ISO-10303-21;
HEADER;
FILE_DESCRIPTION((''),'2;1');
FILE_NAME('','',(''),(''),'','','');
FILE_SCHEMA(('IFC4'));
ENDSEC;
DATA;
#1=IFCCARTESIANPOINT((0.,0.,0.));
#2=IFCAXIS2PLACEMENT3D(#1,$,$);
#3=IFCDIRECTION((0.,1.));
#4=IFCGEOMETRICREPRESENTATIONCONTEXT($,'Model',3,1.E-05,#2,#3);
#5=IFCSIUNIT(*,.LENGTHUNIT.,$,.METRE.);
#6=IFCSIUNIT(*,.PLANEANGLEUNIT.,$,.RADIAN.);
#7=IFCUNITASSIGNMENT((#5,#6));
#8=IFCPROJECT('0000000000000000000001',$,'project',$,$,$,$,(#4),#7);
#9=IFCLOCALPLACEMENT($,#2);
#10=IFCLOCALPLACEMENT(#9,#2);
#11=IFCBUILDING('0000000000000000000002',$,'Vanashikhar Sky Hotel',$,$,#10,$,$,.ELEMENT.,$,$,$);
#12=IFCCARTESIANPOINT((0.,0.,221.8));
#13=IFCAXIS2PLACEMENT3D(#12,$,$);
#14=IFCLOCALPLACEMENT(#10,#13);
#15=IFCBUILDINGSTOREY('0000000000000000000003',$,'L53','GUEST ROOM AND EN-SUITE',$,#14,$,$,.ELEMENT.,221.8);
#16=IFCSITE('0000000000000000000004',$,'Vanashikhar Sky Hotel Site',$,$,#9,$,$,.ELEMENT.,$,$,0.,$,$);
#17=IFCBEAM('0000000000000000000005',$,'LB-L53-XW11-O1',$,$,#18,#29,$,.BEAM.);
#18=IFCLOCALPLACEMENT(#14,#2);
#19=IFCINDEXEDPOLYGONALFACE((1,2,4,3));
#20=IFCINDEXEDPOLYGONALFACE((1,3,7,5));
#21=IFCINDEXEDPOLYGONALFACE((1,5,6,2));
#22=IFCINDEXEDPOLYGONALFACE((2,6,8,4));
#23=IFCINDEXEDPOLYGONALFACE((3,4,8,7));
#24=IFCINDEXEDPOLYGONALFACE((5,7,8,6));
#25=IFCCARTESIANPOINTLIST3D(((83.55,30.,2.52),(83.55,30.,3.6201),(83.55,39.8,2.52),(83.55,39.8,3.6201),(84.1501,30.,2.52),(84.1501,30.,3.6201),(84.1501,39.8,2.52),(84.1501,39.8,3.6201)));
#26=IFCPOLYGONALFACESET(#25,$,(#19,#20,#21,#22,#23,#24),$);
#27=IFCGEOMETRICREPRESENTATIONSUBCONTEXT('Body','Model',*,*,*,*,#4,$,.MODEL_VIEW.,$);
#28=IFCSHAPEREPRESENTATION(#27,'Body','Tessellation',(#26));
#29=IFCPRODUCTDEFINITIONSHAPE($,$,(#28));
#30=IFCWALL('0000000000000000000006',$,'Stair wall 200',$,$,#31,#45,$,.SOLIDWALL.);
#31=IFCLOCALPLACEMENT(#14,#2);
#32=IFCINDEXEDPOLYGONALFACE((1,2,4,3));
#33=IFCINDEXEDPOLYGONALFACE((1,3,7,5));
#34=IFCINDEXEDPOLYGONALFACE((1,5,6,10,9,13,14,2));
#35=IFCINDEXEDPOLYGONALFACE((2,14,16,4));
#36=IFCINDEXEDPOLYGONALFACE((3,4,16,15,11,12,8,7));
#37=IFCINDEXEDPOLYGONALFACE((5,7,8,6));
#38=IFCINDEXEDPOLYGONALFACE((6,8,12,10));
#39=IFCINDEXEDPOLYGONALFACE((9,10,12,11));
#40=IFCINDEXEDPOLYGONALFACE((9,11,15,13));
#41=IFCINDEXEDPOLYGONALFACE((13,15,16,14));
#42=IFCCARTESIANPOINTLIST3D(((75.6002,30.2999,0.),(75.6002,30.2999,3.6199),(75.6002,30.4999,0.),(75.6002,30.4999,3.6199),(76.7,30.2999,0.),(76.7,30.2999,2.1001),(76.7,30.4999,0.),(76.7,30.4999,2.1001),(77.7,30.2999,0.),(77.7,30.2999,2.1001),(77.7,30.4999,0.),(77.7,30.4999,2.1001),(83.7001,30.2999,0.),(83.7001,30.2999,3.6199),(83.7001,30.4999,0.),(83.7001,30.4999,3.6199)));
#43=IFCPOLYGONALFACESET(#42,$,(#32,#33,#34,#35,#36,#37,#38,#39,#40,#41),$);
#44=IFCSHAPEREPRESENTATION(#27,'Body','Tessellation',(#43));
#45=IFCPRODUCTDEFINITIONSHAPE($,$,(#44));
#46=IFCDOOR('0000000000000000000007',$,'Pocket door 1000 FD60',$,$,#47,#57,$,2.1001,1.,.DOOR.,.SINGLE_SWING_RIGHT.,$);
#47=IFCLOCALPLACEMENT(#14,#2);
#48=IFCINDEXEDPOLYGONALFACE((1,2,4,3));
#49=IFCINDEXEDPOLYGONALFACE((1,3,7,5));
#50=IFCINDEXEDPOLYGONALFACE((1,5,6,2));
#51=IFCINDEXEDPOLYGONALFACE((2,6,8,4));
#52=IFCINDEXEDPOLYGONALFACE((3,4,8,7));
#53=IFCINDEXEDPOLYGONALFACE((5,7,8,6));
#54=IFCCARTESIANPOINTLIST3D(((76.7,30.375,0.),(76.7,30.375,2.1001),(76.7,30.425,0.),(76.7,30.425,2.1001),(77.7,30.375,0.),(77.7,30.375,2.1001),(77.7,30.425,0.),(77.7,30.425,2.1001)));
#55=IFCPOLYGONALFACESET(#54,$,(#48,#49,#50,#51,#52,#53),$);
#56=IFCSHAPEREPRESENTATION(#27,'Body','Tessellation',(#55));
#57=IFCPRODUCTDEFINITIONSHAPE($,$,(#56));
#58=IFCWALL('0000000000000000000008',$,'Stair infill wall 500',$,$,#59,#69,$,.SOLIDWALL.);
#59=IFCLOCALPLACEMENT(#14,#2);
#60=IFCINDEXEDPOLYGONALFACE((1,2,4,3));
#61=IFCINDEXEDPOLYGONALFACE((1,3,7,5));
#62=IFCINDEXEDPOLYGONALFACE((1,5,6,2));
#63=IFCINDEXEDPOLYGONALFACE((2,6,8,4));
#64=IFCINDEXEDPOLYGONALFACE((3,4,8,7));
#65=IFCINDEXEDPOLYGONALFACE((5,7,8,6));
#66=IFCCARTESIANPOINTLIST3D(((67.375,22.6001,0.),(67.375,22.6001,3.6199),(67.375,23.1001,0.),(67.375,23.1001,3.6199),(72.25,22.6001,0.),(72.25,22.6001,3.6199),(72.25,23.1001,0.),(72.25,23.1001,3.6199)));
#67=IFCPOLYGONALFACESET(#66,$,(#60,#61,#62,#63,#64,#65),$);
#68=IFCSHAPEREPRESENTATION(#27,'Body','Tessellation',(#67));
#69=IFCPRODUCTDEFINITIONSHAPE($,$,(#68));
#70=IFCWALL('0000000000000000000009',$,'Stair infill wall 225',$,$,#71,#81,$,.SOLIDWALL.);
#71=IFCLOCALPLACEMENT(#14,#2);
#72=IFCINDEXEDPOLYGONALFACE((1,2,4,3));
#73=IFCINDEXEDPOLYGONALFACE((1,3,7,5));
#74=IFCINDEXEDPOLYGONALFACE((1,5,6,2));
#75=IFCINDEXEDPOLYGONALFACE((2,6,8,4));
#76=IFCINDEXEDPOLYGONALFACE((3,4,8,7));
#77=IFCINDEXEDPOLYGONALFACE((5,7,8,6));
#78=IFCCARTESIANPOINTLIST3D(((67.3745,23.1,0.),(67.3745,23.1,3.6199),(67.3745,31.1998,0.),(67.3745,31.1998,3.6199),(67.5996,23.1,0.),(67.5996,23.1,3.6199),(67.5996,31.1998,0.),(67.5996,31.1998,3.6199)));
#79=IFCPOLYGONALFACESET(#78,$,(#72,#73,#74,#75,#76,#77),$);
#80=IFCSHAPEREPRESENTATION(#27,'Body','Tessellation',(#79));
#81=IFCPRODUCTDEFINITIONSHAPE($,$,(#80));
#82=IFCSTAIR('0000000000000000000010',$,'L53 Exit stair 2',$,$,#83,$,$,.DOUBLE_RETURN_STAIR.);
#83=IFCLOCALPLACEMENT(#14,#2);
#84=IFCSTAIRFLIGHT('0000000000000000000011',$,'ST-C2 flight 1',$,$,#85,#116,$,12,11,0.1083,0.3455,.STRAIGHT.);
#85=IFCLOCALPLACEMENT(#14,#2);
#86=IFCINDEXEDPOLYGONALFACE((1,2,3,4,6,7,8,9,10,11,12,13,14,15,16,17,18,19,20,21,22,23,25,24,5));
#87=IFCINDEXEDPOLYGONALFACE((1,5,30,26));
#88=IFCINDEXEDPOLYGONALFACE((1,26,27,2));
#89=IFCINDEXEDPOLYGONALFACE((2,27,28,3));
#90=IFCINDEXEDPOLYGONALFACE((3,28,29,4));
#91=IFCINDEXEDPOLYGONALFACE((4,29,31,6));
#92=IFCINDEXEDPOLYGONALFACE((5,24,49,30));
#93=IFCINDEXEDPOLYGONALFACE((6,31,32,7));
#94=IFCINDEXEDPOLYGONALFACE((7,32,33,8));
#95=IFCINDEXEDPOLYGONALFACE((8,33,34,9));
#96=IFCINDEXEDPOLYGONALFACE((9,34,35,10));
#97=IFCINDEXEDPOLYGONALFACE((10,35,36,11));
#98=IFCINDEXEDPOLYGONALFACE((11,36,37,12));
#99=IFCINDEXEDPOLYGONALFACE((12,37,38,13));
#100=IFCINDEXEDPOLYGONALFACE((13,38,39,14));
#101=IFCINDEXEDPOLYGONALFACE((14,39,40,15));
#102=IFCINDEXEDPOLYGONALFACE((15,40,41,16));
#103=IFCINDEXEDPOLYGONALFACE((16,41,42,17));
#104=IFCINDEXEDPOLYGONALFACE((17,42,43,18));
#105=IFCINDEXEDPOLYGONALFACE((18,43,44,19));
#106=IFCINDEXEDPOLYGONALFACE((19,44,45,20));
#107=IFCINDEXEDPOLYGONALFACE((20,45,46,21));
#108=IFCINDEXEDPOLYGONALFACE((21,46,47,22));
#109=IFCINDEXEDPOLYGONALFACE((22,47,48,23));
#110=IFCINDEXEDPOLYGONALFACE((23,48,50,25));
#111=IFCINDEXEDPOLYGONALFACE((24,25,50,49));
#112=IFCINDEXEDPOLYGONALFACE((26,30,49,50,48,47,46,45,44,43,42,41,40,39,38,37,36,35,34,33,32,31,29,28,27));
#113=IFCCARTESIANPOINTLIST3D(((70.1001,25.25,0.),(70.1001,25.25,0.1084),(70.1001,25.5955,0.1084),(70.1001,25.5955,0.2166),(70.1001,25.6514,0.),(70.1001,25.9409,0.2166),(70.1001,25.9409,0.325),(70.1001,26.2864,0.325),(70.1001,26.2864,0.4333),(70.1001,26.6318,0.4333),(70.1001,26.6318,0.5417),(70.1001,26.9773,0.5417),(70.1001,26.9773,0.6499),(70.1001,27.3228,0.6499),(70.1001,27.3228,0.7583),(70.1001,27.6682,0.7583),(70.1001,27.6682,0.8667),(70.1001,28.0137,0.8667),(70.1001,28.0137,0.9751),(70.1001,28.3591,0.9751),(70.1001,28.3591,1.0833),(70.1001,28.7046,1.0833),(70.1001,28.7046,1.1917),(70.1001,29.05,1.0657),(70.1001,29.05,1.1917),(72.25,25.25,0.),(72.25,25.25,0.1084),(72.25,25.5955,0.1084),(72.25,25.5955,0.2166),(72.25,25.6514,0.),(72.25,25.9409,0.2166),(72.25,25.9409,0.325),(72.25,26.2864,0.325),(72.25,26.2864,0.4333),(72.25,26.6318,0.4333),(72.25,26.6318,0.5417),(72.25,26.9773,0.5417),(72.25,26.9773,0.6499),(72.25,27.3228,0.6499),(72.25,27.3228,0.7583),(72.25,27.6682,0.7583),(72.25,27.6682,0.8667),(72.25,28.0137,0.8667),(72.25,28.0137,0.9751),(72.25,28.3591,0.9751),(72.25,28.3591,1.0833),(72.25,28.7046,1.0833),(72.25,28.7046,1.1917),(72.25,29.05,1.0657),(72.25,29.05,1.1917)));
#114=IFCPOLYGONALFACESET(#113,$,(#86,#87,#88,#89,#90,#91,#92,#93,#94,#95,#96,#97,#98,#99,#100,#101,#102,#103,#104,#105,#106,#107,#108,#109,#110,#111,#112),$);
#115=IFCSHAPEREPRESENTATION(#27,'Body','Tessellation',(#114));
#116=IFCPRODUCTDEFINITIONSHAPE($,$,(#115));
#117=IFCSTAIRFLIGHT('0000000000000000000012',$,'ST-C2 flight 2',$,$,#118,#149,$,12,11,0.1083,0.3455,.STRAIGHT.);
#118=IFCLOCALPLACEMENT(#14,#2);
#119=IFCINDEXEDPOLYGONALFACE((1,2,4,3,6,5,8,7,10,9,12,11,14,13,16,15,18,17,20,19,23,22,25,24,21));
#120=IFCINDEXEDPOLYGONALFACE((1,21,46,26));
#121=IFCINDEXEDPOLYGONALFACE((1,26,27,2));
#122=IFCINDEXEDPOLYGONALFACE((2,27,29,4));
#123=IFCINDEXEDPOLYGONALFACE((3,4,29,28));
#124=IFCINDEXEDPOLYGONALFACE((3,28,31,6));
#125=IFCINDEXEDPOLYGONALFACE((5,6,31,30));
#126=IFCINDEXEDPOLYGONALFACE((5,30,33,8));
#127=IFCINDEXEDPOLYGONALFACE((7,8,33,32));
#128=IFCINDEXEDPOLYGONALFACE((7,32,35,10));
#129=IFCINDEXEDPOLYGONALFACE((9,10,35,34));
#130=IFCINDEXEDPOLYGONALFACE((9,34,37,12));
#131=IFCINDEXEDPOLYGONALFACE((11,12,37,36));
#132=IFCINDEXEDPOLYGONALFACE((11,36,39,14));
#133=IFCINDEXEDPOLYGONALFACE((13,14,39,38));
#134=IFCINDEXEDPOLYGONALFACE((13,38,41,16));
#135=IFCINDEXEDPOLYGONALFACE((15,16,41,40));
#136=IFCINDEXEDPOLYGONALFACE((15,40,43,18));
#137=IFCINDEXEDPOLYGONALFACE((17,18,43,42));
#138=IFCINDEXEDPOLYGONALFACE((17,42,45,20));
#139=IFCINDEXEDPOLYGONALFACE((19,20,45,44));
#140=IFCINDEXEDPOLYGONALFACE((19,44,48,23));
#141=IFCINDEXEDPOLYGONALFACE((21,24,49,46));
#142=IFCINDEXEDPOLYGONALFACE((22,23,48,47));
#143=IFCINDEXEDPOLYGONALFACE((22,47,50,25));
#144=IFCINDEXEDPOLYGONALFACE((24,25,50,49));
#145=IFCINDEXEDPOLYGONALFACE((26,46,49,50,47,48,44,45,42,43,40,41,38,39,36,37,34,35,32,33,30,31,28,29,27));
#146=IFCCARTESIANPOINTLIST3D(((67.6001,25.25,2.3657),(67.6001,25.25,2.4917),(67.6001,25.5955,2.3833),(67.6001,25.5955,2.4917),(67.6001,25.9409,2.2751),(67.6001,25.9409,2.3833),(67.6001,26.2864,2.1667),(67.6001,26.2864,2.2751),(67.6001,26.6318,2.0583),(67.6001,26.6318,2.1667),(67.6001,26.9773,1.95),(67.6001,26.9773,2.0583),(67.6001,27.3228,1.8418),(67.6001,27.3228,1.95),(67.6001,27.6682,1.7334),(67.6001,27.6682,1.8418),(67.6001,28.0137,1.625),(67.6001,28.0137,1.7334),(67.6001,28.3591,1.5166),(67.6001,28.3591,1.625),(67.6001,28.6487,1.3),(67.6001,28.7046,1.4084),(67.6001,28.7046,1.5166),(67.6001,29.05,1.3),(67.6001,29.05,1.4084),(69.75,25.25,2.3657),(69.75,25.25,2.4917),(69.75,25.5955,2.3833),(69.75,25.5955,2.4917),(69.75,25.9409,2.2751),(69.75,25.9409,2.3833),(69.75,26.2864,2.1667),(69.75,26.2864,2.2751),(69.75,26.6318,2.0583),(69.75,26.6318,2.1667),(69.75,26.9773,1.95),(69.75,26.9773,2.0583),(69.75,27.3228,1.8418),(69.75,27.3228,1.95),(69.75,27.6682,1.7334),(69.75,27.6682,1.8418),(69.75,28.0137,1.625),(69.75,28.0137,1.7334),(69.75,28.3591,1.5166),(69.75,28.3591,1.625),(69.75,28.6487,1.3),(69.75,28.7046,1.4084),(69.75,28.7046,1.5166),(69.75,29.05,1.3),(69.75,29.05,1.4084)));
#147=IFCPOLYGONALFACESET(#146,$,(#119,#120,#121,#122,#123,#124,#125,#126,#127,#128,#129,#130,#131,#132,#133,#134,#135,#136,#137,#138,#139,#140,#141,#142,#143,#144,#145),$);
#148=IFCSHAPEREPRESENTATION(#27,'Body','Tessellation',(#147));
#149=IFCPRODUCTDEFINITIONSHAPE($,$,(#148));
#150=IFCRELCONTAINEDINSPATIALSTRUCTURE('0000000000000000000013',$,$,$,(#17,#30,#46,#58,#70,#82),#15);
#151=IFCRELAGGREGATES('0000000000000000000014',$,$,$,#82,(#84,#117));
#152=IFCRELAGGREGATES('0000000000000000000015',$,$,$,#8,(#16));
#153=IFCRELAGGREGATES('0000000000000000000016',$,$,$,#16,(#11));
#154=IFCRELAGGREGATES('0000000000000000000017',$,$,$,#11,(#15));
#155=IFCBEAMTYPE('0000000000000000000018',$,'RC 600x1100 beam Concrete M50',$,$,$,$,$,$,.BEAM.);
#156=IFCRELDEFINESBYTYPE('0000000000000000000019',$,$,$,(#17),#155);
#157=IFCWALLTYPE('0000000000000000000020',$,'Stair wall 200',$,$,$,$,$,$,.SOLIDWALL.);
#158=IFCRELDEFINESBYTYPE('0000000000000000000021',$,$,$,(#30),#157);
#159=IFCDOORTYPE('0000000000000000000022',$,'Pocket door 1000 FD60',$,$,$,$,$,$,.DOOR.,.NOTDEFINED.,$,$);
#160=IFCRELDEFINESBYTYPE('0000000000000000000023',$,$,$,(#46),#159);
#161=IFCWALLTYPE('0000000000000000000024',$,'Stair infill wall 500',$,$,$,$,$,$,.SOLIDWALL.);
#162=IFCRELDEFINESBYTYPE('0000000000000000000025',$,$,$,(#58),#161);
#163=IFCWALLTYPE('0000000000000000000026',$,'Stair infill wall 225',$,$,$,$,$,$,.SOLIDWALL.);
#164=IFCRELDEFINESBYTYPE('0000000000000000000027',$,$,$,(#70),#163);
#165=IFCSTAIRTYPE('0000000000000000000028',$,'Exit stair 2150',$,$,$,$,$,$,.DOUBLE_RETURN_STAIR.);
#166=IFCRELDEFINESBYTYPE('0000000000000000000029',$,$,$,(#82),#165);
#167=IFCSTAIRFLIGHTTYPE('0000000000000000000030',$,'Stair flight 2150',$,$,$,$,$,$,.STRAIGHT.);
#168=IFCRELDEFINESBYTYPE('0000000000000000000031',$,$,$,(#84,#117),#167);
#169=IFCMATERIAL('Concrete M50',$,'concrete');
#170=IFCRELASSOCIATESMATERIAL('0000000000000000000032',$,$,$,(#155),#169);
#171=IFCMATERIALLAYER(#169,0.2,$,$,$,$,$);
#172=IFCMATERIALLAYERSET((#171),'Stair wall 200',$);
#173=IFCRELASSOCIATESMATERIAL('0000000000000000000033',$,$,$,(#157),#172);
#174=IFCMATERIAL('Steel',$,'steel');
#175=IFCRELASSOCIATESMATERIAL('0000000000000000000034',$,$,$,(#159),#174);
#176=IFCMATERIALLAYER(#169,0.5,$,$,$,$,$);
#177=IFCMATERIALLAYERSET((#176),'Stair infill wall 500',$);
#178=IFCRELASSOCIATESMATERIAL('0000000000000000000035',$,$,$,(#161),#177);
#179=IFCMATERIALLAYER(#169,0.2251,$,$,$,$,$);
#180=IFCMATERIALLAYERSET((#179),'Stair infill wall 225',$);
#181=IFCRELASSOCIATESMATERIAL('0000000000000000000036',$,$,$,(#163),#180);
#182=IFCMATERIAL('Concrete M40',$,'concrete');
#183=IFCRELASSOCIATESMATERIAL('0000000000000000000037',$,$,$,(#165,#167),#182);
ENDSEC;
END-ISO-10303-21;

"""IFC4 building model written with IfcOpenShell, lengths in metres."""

from ifc_helpers import new_model, si_unit, direction, frame, frame_2d, origin, origin_2d, place, context, subcontext, project, spatial, polyline, rectangle, outline, extrude, source, transform, mapped, material, layer, layer_set, material_profile, profile_set, type_object, element, fill, aggregate, save


model = new_model("IFC4")

# Units and contexts
model_context = context("Model", 3, precision=1e-05, world=origin(), true_north=direction((0.0, 1.0)))
body_context = subcontext(model_context, "Body", "Model", "MODEL_VIEW")
ifc_project = project(units=[si_unit("LENGTHUNIT", "METRE"), si_unit("PLANEANGLEUNIT", "RADIAN")], contexts=[model_context])

# Site, building, storey
site_placement = place(None, origin())
site = spatial("IfcSite", under=ifc_project, at=site_placement, Name="Vanashikhar Sky Hotel Site", CompositionType="ELEMENT", RefElevation=0.0)
building_placement = place(site_placement, origin())
building = spatial("IfcBuilding", under=site, at=building_placement, Name="Vanashikhar Sky Hotel", CompositionType="ELEMENT")
storey_placement = place(building_placement, frame((0.0, 0.0, 221.8)))
storey = spatial("IfcBuildingStorey", under=building, at=storey_placement, Name="L53", Description="GUEST ROOM AND EN-SUITE", CompositionType="ELEMENT", Elevation=221.8)

# Beam
ifc_material_1 = material(Name="Concrete M50", Category="concrete")
ifc_material_profile = material_profile(ifc_material_1, rectangle(XDim=0.6001, YDim=1.1001, at=origin_2d()))
ifc_profile_set = profile_set([ifc_material_profile], Name="RC 600x1100 beam Concrete M50")
beam_type = type_object("IfcBeamType", Name="RC 600x1100 beam Concrete M50", PredefinedType="BEAM", material=ifc_profile_set)
shared_shape_1 = source(origin(), body_context, "Body", "SweptSolid", [
    extrude(rectangle(XDim=0.6001, YDim=1.1001, at=origin_2d()), origin(), (0.0, 0.0, 1.0), 9.8),
])
beam_placement = place(storey_placement, frame((83.8501, 30.0, 3.0701), z_axis=(0.0, 1.0, 0.0), x_axis=(-1.0, 0.0, 0.0)))
element("IfcBeam", 1, at=beam_placement, inside=storey, type_object=beam_type, Name="LB-L53-XW11-O1", PredefinedType="BEAM", context=body_context, shape_type="MappedRepresentation", body=[
    mapped(shared_shape_1, transform((0.0, 0.0, 0.0), scale=1.0)),
])

# Wall, opening, door
ifc_layer_1 = layer(ifc_material_1, 0.2)
ifc_layer_set_1 = layer_set([ifc_layer_1], Name="Stair wall 200")
wall_type_1 = type_object("IfcWallType", Name="Stair wall 200", PredefinedType="SOLIDWALL", material=ifc_layer_set_1)
shared_shape_2 = source(origin(), body_context, "Body", "SweptSolid", [
    extrude(rectangle(XDim=8.0999, YDim=0.2, at=frame_2d((4.0498, 0.0))), origin(), (0.0, 0.0, 1.0), 3.6199),
])
wall_1_placement = place(storey_placement, frame((83.7, 30.3999, 0.0), z_axis=(0.0, 0.0, 1.0), x_axis=(-1.0, 0.0, 0.0)))
wall_1 = element("IfcWall", 2, at=wall_1_placement, inside=storey, type_object=wall_type_1, Name="Stair wall 200", PredefinedType="SOLIDWALL", context=body_context, shape_type="MappedRepresentation", body=[
    mapped(shared_shape_2, transform((0.0, 0.0, 0.0), scale=1.0)),
])
shared_shape_3 = source(origin(), body_context, "Body", "SweptSolid", [
    extrude(rectangle(XDim=1.0, YDim=2.1001, at=frame_2d((0.5, 1.05))), frame((0.0, 0.1099, 0.0), z_axis=(0.0, -1.0, 0.0), x_axis=(1.0, 0.0, 0.0)), (0.0, 0.0, 1.0), 0.22),
])
opening_placement = place(wall_1_placement, frame((6.0, 0.0, 0.0)))
opening = element("IfcOpeningElement", 3, at=opening_placement, cuts=wall_1, PredefinedType="OPENING", context=body_context, shape_type="MappedRepresentation", body=[
    mapped(shared_shape_3, transform((0.0, 0.0, 0.0), scale=1.0)),
])
ifc_material_2 = material(Name="Steel", Category="steel")
door_type = type_object("IfcDoorType", Name="Pocket door 1000 FD60", OperationType="NOTDEFINED", PredefinedType="DOOR", material=ifc_material_2)
shared_shape_4 = source(origin(), body_context, "Body", "SweptSolid", [
    extrude(rectangle(XDim=1.0, YDim=2.1001, at=frame_2d((0.5, 1.05))), frame((0.0, 0.0249, 0.0), z_axis=(0.0, -1.0, 0.0), x_axis=(1.0, 0.0, 0.0)), (0.0, 0.0, 1.0), 0.05),
])
door_placement = place(opening_placement, origin())
door = element("IfcDoor", 4, at=door_placement, inside=storey, type_object=door_type, Name="Pocket door 1000 FD60", OperationType="SINGLE_SWING_RIGHT", OverallHeight=2.1001, OverallWidth=1.0, PredefinedType="DOOR", context=body_context, shape_type="MappedRepresentation", body=[
    mapped(shared_shape_4, transform((0.0, 0.0, 0.0), scale=1.0)),
])
fill(opening, door)

# Walls
ifc_layer_2 = layer(ifc_material_1, 0.5)
ifc_layer_set_2 = layer_set([ifc_layer_2], Name="Stair infill wall 500")
wall_type_2 = type_object("IfcWallType", Name="Stair infill wall 500", PredefinedType="SOLIDWALL", material=ifc_layer_set_2)
shared_shape_5 = source(origin(), body_context, "Body", "SweptSolid", [
    extrude(rectangle(XDim=4.875, YDim=0.5, at=frame_2d((2.4375, 0.0))), origin(), (0.0, 0.0, 1.0), 3.6199),
])
wall_2_placement = place(storey_placement, frame((67.375, 22.8501, 0.0), z_axis=(0.0, 0.0, 1.0), x_axis=(1.0, 0.0, 0.0)))
element("IfcWall", 5, at=wall_2_placement, inside=storey, type_object=wall_type_2, Name="Stair infill wall 500", PredefinedType="SOLIDWALL", context=body_context, shape_type="MappedRepresentation", body=[
    mapped(shared_shape_5, transform((0.0, 0.0, 0.0), scale=1.0)),
])
ifc_layer_3 = layer(ifc_material_1, 0.2251)
ifc_layer_set_3 = layer_set([ifc_layer_3], Name="Stair infill wall 225")
wall_type_3 = type_object("IfcWallType", Name="Stair infill wall 225", PredefinedType="SOLIDWALL", material=ifc_layer_set_3)
shared_shape_6 = source(origin(), body_context, "Body", "SweptSolid", [
    extrude(rectangle(XDim=8.0999, YDim=0.2251, at=frame_2d((4.0498, 0.0))), origin(), (0.0, 0.0, 1.0), 3.6199),
])
wall_3_placement = place(storey_placement, frame((67.4871, 23.1001, 0.0), z_axis=(0.0, 0.0, 1.0), x_axis=(0.0, 1.0, 0.0)))
element("IfcWall", 6, at=wall_3_placement, inside=storey, type_object=wall_type_3, Name="Stair infill wall 225", PredefinedType="SOLIDWALL", context=body_context, shape_type="MappedRepresentation", body=[
    mapped(shared_shape_6, transform((0.0, 0.0, 0.0), scale=1.0)),
])

# Stair, stair flights
ifc_material_3 = material(Name="Concrete M40", Category="concrete")
stair_type = type_object("IfcStairType", Name="Exit stair 2150", PredefinedType="DOUBLE_RETURN_STAIR", material=ifc_material_3)
stair_1_placement = place(storey_placement, origin())
stair_1 = element("IfcStair", 7, at=stair_1_placement, inside=storey, type_object=stair_type, Name="L53 Exit stair 2", PredefinedType="DOUBLE_RETURN_STAIR")
stair_flight_type = type_object("IfcStairFlightType", Name="Stair flight 2150", PredefinedType="STRAIGHT", material=ifc_material_3)
shared_shape_7 = source(origin(), body_context, "Body", "SweptSolid", [
    extrude(outline(polyline([(0.0, 0.0), (0.0, 0.1084), (0.3455, 0.1084), (0.3455, 0.2166), (0.6909, 0.2166), (0.6909, 0.325), (1.0364, 0.325), (1.0364, 0.4333), (1.3818, 0.4333), (1.3818, 0.5417), (1.7273, 0.5417), (1.7273, 0.6499), (2.0728, 0.6499), (2.0728, 0.7583), (2.4182, 0.7583), (2.4182, 0.8667), (2.7637, 0.8667), (2.7637, 0.9751), (3.1091, 0.9751), (3.1091, 1.0833), (3.4546, 1.0833), (3.4546, 1.1917), (3.8, 1.1917), (3.8, 1.3), (3.8, 1.0657), (0.4014, 0.0), (0.0, 0.0)])), frame((0.0, 1.075, 0.0), z_axis=(0.0, -1.0, 0.0), x_axis=(1.0, 0.0, 0.0)), (0.0, 0.0, 1.0), 2.1499),
])
stair_flight_1_placement = place(storey_placement, frame((71.175, 25.25, 0.0), z_axis=(0.0, 0.0, 1.0), x_axis=(0.0, 1.0, 0.0)))
stair_flight_1 = element("IfcStairFlight", 8, at=stair_flight_1_placement, type_object=stair_flight_type, Name="ST-C2 flight 1", NumberOfRisers=12, NumberOfTreads=11, PredefinedType="STRAIGHT", RiserHeight=0.1083, TreadLength=0.3455, context=body_context, shape_type="MappedRepresentation", body=[
    mapped(shared_shape_7, transform((0.0, 0.0, 0.0), scale=1.0)),
])
stair_flight_2_placement = place(storey_placement, frame((68.675, 29.05, 1.3), z_axis=(0.0, 0.0, 1.0), x_axis=(0.0, -1.0, 0.0)))
stair_flight_2 = element("IfcStairFlight", 9, at=stair_flight_2_placement, type_object=stair_flight_type, Name="ST-C2 flight 2", NumberOfRisers=12, NumberOfTreads=11, PredefinedType="STRAIGHT", RiserHeight=0.1083, TreadLength=0.3455, context=body_context, shape_type="MappedRepresentation", body=[
    mapped(shared_shape_7, transform((0.0, 0.0, 0.0), scale=1.0)),
])
aggregate(stair_1, [stair_flight_1, stair_flight_2])

save(model, "model.ifc")
